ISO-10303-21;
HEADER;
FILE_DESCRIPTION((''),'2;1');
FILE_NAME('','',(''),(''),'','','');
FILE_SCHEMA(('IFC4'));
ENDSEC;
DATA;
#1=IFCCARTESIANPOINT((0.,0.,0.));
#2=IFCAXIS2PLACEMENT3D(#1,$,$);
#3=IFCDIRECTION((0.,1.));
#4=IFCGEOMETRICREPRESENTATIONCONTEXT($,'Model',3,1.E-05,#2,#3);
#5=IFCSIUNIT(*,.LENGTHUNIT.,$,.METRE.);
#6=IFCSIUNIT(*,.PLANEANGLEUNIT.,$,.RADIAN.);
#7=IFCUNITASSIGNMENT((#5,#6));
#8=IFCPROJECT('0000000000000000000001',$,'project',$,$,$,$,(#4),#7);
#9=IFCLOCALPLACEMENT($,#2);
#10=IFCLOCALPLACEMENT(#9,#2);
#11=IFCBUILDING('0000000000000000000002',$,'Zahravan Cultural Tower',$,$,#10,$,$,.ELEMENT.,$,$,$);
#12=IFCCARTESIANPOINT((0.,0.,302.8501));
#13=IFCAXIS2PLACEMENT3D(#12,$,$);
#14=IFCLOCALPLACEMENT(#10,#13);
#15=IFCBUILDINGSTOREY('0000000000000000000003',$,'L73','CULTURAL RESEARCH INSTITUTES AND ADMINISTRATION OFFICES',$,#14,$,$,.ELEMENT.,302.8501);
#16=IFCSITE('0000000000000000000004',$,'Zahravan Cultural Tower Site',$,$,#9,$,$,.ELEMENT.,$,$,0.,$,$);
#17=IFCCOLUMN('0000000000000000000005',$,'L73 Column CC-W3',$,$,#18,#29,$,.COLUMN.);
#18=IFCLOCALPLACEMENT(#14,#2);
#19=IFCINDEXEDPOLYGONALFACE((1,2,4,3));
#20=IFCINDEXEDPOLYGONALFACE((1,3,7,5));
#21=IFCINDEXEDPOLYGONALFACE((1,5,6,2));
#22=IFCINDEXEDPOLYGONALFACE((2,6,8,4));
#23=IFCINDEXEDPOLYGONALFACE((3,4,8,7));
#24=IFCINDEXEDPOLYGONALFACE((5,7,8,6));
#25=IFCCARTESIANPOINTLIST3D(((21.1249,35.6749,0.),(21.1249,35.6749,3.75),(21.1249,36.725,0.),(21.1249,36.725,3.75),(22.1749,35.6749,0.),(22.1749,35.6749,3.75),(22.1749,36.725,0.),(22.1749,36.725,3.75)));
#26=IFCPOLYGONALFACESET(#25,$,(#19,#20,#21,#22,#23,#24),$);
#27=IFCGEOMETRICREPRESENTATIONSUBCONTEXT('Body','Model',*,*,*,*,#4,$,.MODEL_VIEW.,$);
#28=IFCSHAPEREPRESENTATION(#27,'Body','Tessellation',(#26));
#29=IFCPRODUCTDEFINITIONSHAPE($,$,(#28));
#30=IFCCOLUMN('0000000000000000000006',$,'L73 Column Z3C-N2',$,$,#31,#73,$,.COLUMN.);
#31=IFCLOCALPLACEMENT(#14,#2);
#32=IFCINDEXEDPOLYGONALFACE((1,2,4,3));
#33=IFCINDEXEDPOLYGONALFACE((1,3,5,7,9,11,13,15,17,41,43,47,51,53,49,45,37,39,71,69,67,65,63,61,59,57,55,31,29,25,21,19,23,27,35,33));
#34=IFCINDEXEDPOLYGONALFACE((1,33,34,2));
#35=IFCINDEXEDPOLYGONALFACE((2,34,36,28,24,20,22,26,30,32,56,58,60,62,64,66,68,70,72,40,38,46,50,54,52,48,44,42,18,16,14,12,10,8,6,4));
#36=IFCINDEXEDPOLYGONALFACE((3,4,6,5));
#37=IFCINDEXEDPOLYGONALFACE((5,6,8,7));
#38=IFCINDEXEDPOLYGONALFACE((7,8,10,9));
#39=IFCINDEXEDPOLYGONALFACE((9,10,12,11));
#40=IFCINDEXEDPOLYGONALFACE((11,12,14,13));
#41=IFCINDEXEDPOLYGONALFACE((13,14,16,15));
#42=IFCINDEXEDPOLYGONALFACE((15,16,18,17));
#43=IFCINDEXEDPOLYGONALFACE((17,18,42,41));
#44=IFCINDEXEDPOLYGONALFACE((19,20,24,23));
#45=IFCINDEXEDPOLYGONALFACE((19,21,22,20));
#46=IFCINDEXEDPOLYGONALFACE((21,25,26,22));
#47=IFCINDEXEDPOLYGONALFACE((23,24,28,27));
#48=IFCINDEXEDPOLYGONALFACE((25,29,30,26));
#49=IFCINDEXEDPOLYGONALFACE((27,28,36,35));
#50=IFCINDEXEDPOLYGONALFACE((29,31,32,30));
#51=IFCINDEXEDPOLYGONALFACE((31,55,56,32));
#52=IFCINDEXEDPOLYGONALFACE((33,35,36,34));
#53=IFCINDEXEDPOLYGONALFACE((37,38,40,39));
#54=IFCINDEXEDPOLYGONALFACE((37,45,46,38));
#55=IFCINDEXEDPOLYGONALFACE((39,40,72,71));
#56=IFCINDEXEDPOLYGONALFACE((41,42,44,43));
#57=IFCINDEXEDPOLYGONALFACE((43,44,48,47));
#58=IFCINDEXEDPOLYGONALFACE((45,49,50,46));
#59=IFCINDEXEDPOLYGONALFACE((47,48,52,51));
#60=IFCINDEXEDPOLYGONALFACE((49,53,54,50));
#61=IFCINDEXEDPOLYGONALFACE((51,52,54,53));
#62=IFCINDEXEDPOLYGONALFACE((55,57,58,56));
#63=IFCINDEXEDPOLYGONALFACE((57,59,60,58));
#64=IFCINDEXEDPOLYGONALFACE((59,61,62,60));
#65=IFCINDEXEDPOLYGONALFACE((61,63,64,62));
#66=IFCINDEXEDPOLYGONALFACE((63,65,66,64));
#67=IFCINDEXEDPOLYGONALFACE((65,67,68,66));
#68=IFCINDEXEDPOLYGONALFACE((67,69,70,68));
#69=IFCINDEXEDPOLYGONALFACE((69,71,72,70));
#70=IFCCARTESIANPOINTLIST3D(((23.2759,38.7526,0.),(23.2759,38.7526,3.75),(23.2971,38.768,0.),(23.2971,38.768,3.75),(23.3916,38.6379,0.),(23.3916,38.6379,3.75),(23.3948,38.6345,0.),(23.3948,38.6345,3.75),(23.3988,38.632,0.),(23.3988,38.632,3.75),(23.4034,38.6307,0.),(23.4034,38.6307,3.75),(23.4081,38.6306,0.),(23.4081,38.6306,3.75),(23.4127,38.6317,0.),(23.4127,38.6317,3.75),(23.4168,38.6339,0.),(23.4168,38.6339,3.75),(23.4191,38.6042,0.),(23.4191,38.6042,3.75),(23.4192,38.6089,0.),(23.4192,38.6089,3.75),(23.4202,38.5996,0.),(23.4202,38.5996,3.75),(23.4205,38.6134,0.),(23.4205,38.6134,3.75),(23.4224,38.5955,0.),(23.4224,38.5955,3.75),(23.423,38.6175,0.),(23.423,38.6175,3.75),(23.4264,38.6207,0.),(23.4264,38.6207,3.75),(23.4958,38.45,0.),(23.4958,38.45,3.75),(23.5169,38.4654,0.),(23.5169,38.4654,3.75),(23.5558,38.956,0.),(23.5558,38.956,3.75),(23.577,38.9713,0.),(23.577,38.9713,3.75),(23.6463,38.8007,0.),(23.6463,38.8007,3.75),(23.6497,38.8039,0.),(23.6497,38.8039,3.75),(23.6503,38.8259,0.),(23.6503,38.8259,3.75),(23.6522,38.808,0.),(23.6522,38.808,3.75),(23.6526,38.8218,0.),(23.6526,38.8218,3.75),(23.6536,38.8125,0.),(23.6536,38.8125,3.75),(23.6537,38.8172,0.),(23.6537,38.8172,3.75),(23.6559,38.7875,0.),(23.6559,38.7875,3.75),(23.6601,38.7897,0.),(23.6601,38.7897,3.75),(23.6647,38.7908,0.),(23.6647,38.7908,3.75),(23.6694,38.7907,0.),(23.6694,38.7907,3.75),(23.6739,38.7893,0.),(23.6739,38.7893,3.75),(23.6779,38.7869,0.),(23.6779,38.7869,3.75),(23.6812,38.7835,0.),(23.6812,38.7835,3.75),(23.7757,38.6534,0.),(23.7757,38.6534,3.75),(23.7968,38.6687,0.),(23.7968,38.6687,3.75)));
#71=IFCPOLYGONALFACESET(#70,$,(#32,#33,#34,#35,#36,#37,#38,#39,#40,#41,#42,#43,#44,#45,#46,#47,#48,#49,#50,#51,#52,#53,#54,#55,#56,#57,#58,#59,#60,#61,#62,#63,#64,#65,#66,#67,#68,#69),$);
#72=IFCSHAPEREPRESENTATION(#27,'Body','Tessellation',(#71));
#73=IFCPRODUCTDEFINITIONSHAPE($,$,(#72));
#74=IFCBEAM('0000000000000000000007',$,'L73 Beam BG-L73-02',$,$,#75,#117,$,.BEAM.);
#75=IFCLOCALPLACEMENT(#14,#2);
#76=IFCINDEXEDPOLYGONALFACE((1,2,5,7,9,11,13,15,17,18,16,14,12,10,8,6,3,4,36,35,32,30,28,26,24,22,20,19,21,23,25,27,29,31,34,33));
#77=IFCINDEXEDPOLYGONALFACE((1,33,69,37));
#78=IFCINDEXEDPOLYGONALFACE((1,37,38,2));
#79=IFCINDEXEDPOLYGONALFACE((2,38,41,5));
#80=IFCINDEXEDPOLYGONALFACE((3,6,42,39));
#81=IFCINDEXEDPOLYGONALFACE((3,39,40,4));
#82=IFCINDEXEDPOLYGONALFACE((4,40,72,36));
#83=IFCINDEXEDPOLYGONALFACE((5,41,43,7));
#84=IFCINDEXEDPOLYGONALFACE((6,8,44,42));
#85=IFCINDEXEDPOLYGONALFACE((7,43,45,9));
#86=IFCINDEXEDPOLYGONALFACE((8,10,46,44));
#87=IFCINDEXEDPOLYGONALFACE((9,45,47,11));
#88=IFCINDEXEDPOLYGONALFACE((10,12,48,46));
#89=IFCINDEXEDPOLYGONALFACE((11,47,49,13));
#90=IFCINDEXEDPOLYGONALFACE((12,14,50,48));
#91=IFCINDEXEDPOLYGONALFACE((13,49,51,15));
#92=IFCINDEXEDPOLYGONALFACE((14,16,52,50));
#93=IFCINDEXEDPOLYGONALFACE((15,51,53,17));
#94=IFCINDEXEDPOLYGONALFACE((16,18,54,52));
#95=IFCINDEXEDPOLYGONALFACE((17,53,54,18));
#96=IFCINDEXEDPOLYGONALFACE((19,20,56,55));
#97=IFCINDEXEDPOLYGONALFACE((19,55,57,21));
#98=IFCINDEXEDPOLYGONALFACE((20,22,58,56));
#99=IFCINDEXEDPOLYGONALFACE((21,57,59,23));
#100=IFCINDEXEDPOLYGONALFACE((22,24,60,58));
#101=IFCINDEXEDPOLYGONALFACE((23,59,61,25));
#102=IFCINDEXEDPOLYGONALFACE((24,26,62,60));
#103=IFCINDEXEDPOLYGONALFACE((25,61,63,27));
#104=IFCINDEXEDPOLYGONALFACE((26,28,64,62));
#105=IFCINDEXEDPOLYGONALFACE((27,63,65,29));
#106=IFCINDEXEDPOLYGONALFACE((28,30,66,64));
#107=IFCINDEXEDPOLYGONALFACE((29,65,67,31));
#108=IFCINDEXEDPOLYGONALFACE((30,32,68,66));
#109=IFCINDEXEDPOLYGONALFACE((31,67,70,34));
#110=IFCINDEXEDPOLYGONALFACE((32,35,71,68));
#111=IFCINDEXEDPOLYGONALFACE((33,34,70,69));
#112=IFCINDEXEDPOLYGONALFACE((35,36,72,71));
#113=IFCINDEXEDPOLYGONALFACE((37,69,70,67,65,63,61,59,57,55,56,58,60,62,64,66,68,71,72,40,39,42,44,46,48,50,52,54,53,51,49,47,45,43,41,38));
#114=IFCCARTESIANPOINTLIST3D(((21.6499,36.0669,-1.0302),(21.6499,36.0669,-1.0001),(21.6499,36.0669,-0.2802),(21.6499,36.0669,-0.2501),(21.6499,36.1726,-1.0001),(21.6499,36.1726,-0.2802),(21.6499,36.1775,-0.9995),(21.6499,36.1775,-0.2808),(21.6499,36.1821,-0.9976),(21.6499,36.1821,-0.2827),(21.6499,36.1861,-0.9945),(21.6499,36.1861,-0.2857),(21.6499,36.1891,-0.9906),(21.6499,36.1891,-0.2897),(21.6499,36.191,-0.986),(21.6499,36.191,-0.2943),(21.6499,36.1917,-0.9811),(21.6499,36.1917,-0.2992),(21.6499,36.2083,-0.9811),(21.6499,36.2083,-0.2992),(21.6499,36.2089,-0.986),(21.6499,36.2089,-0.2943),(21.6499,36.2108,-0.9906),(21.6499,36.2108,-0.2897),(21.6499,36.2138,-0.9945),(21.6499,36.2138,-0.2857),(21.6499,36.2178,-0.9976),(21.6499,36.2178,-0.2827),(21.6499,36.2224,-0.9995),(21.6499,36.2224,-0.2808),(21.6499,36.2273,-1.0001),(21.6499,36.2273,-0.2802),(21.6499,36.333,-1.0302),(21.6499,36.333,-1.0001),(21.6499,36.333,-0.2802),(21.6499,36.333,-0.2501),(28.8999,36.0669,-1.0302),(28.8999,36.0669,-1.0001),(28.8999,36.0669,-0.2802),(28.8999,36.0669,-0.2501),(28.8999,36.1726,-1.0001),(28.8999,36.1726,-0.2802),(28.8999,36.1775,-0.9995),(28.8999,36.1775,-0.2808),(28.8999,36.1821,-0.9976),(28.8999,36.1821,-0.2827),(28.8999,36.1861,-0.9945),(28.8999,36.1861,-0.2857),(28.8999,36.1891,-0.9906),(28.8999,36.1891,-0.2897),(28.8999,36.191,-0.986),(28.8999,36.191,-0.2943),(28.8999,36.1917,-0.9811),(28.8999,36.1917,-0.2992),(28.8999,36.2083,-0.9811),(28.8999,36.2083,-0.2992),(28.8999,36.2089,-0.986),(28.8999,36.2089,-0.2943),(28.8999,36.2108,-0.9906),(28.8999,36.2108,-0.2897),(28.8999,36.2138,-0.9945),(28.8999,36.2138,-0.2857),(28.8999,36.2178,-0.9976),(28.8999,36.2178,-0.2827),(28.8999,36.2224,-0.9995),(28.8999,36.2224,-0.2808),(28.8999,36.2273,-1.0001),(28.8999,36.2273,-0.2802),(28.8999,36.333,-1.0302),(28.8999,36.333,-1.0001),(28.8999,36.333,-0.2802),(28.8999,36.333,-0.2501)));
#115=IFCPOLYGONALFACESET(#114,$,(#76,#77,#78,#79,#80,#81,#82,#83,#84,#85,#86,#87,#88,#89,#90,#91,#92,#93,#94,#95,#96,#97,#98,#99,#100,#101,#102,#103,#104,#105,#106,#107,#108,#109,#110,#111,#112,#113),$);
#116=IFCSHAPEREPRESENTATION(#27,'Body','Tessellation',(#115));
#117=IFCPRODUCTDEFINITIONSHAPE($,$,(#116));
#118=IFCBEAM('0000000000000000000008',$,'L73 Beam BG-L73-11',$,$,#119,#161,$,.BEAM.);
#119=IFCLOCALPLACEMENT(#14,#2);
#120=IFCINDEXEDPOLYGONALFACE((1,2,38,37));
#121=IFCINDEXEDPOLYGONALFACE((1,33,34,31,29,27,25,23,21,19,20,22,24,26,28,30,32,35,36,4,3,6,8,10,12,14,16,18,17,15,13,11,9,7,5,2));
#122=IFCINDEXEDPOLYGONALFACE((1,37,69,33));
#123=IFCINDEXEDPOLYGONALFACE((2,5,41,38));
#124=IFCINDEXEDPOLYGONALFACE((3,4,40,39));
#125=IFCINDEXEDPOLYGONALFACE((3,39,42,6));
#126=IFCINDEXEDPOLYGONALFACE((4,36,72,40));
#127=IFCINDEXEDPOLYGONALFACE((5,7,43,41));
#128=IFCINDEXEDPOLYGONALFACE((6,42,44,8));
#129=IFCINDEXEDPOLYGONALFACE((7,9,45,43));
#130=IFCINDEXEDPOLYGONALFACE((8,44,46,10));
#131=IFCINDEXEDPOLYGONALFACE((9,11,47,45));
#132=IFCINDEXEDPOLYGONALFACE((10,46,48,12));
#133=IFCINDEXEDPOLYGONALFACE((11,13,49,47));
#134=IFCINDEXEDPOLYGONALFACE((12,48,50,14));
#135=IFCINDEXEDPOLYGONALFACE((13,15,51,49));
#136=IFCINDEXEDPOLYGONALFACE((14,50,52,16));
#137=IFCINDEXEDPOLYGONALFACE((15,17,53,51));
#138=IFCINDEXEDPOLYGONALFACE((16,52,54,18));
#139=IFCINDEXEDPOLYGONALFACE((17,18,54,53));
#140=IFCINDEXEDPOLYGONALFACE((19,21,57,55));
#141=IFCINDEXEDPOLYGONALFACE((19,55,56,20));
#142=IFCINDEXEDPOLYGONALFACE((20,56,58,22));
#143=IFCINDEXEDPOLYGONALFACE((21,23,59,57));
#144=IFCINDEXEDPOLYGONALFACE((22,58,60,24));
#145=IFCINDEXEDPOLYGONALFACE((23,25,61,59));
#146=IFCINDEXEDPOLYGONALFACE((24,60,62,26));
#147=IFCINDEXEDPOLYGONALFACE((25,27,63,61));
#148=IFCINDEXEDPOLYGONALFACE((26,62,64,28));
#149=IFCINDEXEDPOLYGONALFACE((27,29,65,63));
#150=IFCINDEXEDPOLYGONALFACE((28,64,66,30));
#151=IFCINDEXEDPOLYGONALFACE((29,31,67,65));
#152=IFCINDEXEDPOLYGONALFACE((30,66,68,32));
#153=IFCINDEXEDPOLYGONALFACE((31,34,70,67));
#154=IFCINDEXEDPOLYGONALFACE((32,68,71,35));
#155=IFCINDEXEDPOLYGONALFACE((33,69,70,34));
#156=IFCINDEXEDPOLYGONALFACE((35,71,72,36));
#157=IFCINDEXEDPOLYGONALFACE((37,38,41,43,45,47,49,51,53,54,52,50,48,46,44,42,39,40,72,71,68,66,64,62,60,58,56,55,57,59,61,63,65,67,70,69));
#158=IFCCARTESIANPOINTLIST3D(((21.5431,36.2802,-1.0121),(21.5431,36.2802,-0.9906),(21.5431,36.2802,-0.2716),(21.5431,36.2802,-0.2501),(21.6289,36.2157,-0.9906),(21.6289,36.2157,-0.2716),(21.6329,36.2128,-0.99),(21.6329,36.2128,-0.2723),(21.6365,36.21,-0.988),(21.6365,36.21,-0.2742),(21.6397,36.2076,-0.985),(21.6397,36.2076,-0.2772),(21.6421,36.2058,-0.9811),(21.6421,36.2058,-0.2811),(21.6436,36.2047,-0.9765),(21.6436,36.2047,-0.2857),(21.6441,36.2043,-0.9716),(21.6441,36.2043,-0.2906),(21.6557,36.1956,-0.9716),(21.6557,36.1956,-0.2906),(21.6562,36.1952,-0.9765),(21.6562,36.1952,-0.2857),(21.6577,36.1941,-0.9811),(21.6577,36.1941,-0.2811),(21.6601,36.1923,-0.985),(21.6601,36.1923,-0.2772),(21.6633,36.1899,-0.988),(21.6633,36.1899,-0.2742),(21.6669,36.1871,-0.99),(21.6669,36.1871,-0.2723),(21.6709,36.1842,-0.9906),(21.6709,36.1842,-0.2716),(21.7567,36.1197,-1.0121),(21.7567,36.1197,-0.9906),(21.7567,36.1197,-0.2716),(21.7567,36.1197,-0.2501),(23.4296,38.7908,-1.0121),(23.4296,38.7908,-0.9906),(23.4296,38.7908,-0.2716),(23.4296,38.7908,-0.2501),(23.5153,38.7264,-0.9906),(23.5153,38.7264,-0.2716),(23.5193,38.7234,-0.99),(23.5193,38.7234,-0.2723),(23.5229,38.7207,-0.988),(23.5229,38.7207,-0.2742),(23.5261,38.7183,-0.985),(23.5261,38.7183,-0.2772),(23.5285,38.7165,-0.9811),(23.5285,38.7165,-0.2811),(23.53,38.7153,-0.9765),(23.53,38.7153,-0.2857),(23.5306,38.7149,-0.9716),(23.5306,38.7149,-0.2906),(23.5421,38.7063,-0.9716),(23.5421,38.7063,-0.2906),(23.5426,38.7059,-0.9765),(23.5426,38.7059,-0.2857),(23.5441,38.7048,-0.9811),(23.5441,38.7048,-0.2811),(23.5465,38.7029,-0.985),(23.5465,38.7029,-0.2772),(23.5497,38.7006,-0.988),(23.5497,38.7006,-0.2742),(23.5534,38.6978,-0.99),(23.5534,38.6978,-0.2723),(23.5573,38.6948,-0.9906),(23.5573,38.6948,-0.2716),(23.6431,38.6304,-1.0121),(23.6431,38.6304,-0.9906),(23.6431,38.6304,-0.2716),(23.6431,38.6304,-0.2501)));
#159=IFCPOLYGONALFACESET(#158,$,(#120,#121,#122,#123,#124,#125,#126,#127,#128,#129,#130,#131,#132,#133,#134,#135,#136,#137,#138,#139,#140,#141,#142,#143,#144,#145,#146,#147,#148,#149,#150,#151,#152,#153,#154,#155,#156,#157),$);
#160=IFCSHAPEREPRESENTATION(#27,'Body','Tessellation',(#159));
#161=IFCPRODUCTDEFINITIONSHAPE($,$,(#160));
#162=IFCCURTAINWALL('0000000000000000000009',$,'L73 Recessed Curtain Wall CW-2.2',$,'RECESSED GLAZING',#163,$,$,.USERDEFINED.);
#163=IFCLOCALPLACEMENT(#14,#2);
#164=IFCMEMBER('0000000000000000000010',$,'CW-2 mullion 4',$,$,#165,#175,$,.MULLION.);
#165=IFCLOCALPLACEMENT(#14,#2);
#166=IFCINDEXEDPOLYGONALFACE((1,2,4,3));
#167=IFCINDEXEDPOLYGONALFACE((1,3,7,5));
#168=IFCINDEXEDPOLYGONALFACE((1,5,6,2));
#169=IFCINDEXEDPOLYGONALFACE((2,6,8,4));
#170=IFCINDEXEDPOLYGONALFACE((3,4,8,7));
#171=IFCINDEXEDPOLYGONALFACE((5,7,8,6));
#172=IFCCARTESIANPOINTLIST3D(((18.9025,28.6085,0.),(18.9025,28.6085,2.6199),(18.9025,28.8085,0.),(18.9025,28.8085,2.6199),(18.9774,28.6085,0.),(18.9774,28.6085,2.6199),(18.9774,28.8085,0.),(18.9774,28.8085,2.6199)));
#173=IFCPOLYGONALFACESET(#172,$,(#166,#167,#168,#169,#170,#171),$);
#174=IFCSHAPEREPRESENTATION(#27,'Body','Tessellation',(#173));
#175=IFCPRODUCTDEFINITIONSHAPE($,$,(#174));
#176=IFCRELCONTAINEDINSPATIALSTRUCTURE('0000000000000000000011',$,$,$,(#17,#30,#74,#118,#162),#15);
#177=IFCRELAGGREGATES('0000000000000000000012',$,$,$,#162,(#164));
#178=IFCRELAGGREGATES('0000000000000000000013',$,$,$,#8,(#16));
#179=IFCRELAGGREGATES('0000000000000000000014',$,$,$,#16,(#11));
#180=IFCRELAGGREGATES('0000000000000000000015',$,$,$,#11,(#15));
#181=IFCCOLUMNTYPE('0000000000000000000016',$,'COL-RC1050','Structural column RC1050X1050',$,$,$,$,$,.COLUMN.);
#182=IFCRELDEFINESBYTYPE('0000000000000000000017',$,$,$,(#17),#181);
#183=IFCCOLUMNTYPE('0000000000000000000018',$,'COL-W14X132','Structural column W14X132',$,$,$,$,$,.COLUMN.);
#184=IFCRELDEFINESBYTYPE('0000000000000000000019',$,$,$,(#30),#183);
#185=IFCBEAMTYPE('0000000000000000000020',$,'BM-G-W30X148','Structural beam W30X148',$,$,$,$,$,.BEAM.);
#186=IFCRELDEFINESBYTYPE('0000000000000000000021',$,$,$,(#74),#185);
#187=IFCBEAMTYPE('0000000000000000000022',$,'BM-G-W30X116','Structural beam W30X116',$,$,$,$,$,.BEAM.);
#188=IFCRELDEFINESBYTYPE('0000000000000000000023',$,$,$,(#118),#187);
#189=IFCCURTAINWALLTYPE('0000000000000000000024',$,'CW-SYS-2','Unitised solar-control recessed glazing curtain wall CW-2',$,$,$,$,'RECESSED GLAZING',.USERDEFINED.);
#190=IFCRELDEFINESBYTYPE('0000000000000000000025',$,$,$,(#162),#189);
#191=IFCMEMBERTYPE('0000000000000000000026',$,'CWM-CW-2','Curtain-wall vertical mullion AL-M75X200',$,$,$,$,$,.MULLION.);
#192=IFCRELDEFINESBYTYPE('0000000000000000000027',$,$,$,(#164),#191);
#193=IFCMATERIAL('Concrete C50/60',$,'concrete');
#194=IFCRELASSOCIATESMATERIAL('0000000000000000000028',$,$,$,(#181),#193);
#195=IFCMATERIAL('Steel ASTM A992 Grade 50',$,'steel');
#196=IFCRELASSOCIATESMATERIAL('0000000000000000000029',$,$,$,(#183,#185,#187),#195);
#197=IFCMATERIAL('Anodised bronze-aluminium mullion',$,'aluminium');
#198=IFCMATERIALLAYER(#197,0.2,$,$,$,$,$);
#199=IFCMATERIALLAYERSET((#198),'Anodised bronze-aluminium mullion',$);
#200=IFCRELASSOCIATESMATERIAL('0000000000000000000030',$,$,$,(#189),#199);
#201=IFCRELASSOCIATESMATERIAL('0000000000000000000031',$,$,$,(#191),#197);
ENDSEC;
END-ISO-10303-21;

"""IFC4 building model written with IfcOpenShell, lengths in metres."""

from ifc_helpers import new_model, si_unit, direction, frame, origin, origin_2d, place, context, subcontext, project, spatial, rectangle, i_section, extrude, source, transform, mapped, material, layer, layer_set, material_profile, profile_set, type_object, element, aggregate, save


model = new_model("IFC4")

# Units and contexts
model_context = context("Model", 3, precision=1e-05, world=origin(), true_north=direction((0.0, 1.0)))
body_context = subcontext(model_context, "Body", "Model", "MODEL_VIEW")
ifc_project = project(units=[si_unit("LENGTHUNIT", "METRE"), si_unit("PLANEANGLEUNIT", "RADIAN")], contexts=[model_context])

# Site, building, storey
site_placement = place(None, origin())
site = spatial("IfcSite", under=ifc_project, at=site_placement, Name="Zahravan Cultural Tower Site", CompositionType="ELEMENT", RefElevation=0.0)
building_placement = place(site_placement, origin())
building = spatial("IfcBuilding", under=site, at=building_placement, Name="Zahravan Cultural Tower", CompositionType="ELEMENT")
storey_placement = place(building_placement, frame((0.0, 0.0, 302.8501)))
storey = spatial("IfcBuildingStorey", under=building, at=storey_placement, Name="L73", Description="CULTURAL RESEARCH INSTITUTES AND ADMINISTRATION OFFICES", CompositionType="ELEMENT", Elevation=302.8501)

# Columns
ifc_material_1 = material(Name="Concrete C50/60", Category="concrete")
ifc_material_profile_1 = material_profile(ifc_material_1, rectangle(XDim=1.05, YDim=1.05, at=origin_2d()), Name="RC1050X1050")
ifc_profile_set_1 = profile_set([ifc_material_profile_1], Name="Concrete C50/60")
column_type_1 = type_object("IfcColumnType", Name="COL-RC1050", Description="Structural column RC1050X1050", PredefinedType="COLUMN", material=ifc_profile_set_1)
shared_shape_1 = source(origin(), body_context, "Body", "SweptSolid", [
    extrude(rectangle(XDim=1.05, YDim=1.05, at=origin_2d()), origin(), (0.0, 0.0, 1.0), 3.75),
])
column_1_placement = place(storey_placement, frame((21.6499, 36.2, 0.0), z_axis=(0.0, 0.0, 1.0), x_axis=(1.0, 0.0, 0.0)))
element("IfcColumn", 1, at=column_1_placement, inside=storey, type_object=column_type_1, Name="L73 Column CC-W3", PredefinedType="COLUMN", context=body_context, shape_type="MappedRepresentation", body=[
    mapped(shared_shape_1, transform((0.0, 0.0, 0.0), x_axis=(1.0, 0.0, 0.0), y_axis=(0.0, 1.0, 0.0), z_axis=(0.0, 0.0, 1.0), scale=1.0)),
])
ifc_material_2 = material(Name="Steel ASTM A992 Grade 50", Category="steel")
ifc_material_profile_2 = material_profile(ifc_material_2, i_section(OverallWidth=0.374, OverallDepth=0.3721, WebThickness=0.0164, FlangeThickness=0.0261, FilletRadius=0.0181, at=origin_2d()), Name="W14X132")
ifc_profile_set_2 = profile_set([ifc_material_profile_2], Name="Steel ASTM A992 Grade 50")
column_type_2 = type_object("IfcColumnType", Name="COL-W14X132", Description="Structural column W14X132", PredefinedType="COLUMN", material=ifc_profile_set_2)
shared_shape_2 = source(origin(), body_context, "Body", "SweptSolid", [
    extrude(i_section(OverallWidth=0.374, OverallDepth=0.3721, WebThickness=0.0164, FlangeThickness=0.0261, FilletRadius=0.0181, at=origin_2d()), origin(), (0.0, 0.0, 1.0), 3.75),
])
column_2_placement = place(storey_placement, frame((23.5364, 38.7107, 0.0), z_axis=(0.0, 0.0, 1.0), x_axis=(-0.587785, 0.809017, 0.0)))
element("IfcColumn", 2, at=column_2_placement, inside=storey, type_object=column_type_2, Name="L73 Column Z3C-N2", PredefinedType="COLUMN", context=body_context, shape_type="MappedRepresentation", body=[
    mapped(shared_shape_2, transform((0.0, 0.0, 0.0), x_axis=(1.0, 0.0, 0.0), y_axis=(0.0, 1.0, 0.0), z_axis=(0.0, 0.0, 1.0), scale=1.0)),
])

# Beams
ifc_material_profile_3 = material_profile(ifc_material_2, i_section(OverallWidth=0.2661, OverallDepth=0.78, WebThickness=0.0166, FlangeThickness=0.03, FilletRadius=0.019, at=origin_2d()), Name="W30X148")
ifc_profile_set_3 = profile_set([ifc_material_profile_3], Name="Steel ASTM A992 Grade 50")
beam_type_1 = type_object("IfcBeamType", Name="BM-G-W30X148", Description="Structural beam W30X148", PredefinedType="BEAM", material=ifc_profile_set_3)
shared_shape_3 = source(origin(), body_context, "Body", "SweptSolid", [
    extrude(i_section(OverallWidth=0.2661, OverallDepth=0.78, WebThickness=0.0166, FlangeThickness=0.03, FilletRadius=0.019, at=origin_2d()), origin(), (0.0, 0.0, 1.0), 7.25),
])
beam_1_placement = place(storey_placement, frame((21.6499, 36.2, -0.6401), z_axis=(1.0, 0.0, 0.0), x_axis=(0.0, 1.0, 0.0)))
element("IfcBeam", 3, at=beam_1_placement, inside=storey, type_object=beam_type_1, Name="L73 Beam BG-L73-02", PredefinedType="BEAM", context=body_context, shape_type="MappedRepresentation", body=[
    mapped(shared_shape_3, transform((0.0, 0.0, 0.0), x_axis=(1.0, 0.0, 0.0), y_axis=(0.0, 1.0, 0.0), z_axis=(0.0, 0.0, 1.0), scale=1.0)),
])
ifc_material_profile_4 = material_profile(ifc_material_2, i_section(OverallWidth=0.2671, OverallDepth=0.762, WebThickness=0.0144, FlangeThickness=0.0215, FilletRadius=0.019, at=origin_2d()), Name="W30X116")
ifc_profile_set_4 = profile_set([ifc_material_profile_4], Name="Steel ASTM A992 Grade 50")
beam_type_2 = type_object("IfcBeamType", Name="BM-G-W30X116", Description="Structural beam W30X116", PredefinedType="BEAM", material=ifc_profile_set_4)
shared_shape_4 = source(origin(), body_context, "Body", "SweptSolid", [
    extrude(i_section(OverallWidth=0.2671, OverallDepth=0.762, WebThickness=0.0144, FlangeThickness=0.0215, FilletRadius=0.019, at=origin_2d()), origin(), (0.0, 0.0, 1.0), 3.1404),
])
beam_2_placement = place(storey_placement, frame((21.6499, 36.2, -0.6311), z_axis=(0.600696, 0.799477, 0.0), x_axis=(-0.799477, 0.600696, 0.0)))
element("IfcBeam", 4, at=beam_2_placement, inside=storey, type_object=beam_type_2, Name="L73 Beam BG-L73-11", PredefinedType="BEAM", context=body_context, shape_type="MappedRepresentation", body=[
    mapped(shared_shape_4, transform((0.0, 0.0, 0.0), x_axis=(1.0, 0.0, 0.0), y_axis=(0.0, 1.0, 0.0), z_axis=(0.0, 0.0, 1.0), scale=1.0)),
])

# Curtain wall, member
ifc_material_3 = material(Name="Anodised bronze-aluminium mullion", Category="aluminium")
ifc_layer_1 = layer(ifc_material_3, 0.2)
ifc_layer_set_1 = layer_set([ifc_layer_1], Name="Anodised bronze-aluminium mullion")
curtain_wall_type = type_object("IfcCurtainWallType", Name="CW-SYS-2", Description="Unitised solar-control recessed glazing curtain wall CW-2", ElementType="RECESSED GLAZING", PredefinedType="USERDEFINED", material=ifc_layer_set_1)
curtain_wall_placement = place(storey_placement, origin())
curtain_wall = element("IfcCurtainWall", 5, at=curtain_wall_placement, inside=storey, type_object=curtain_wall_type, Name="L73 Recessed Curtain Wall CW-2.2", ObjectType="RECESSED GLAZING", PredefinedType="USERDEFINED")
ifc_material_profile_5 = material_profile(ifc_material_3, rectangle(XDim=0.075, YDim=0.2, at=origin_2d()), Name="AL-M75X200")
ifc_profile_set_5 = profile_set([ifc_material_profile_5], Name="Anodised bronze-aluminium mullion")
member_type_1 = type_object("IfcMemberType", Name="CWM-CW-2", Description="Curtain-wall vertical mullion AL-M75X200", PredefinedType="MULLION", material=ifc_profile_set_5)
shared_shape_5 = source(origin(), body_context, "Body", "SweptSolid", [
    extrude(rectangle(XDim=0.075, YDim=0.2, at=origin_2d()), origin(), (0.0, 0.0, 1.0), 2.6199),
])
member_1_placement = place(storey_placement, frame((18.9399, 28.7085, 0.0), z_axis=(0.0, 0.0, 1.0), x_axis=(-1.0, 0.0, 0.0)))
member_1 = element("IfcMember", 6, at=member_1_placement, type_object=member_type_1, Name="CW-2 mullion 4", PredefinedType="MULLION", context=body_context, shape_type="MappedRepresentation", body=[
    mapped(shared_shape_5, transform((0.0, 0.0, 0.0), x_axis=(1.0, 0.0, 0.0), y_axis=(0.0, 1.0, 0.0), z_axis=(0.0, 0.0, 1.0), scale=1.0)),
])
aggregate(curtain_wall, [member_1])

save(model, "model.ifc")
